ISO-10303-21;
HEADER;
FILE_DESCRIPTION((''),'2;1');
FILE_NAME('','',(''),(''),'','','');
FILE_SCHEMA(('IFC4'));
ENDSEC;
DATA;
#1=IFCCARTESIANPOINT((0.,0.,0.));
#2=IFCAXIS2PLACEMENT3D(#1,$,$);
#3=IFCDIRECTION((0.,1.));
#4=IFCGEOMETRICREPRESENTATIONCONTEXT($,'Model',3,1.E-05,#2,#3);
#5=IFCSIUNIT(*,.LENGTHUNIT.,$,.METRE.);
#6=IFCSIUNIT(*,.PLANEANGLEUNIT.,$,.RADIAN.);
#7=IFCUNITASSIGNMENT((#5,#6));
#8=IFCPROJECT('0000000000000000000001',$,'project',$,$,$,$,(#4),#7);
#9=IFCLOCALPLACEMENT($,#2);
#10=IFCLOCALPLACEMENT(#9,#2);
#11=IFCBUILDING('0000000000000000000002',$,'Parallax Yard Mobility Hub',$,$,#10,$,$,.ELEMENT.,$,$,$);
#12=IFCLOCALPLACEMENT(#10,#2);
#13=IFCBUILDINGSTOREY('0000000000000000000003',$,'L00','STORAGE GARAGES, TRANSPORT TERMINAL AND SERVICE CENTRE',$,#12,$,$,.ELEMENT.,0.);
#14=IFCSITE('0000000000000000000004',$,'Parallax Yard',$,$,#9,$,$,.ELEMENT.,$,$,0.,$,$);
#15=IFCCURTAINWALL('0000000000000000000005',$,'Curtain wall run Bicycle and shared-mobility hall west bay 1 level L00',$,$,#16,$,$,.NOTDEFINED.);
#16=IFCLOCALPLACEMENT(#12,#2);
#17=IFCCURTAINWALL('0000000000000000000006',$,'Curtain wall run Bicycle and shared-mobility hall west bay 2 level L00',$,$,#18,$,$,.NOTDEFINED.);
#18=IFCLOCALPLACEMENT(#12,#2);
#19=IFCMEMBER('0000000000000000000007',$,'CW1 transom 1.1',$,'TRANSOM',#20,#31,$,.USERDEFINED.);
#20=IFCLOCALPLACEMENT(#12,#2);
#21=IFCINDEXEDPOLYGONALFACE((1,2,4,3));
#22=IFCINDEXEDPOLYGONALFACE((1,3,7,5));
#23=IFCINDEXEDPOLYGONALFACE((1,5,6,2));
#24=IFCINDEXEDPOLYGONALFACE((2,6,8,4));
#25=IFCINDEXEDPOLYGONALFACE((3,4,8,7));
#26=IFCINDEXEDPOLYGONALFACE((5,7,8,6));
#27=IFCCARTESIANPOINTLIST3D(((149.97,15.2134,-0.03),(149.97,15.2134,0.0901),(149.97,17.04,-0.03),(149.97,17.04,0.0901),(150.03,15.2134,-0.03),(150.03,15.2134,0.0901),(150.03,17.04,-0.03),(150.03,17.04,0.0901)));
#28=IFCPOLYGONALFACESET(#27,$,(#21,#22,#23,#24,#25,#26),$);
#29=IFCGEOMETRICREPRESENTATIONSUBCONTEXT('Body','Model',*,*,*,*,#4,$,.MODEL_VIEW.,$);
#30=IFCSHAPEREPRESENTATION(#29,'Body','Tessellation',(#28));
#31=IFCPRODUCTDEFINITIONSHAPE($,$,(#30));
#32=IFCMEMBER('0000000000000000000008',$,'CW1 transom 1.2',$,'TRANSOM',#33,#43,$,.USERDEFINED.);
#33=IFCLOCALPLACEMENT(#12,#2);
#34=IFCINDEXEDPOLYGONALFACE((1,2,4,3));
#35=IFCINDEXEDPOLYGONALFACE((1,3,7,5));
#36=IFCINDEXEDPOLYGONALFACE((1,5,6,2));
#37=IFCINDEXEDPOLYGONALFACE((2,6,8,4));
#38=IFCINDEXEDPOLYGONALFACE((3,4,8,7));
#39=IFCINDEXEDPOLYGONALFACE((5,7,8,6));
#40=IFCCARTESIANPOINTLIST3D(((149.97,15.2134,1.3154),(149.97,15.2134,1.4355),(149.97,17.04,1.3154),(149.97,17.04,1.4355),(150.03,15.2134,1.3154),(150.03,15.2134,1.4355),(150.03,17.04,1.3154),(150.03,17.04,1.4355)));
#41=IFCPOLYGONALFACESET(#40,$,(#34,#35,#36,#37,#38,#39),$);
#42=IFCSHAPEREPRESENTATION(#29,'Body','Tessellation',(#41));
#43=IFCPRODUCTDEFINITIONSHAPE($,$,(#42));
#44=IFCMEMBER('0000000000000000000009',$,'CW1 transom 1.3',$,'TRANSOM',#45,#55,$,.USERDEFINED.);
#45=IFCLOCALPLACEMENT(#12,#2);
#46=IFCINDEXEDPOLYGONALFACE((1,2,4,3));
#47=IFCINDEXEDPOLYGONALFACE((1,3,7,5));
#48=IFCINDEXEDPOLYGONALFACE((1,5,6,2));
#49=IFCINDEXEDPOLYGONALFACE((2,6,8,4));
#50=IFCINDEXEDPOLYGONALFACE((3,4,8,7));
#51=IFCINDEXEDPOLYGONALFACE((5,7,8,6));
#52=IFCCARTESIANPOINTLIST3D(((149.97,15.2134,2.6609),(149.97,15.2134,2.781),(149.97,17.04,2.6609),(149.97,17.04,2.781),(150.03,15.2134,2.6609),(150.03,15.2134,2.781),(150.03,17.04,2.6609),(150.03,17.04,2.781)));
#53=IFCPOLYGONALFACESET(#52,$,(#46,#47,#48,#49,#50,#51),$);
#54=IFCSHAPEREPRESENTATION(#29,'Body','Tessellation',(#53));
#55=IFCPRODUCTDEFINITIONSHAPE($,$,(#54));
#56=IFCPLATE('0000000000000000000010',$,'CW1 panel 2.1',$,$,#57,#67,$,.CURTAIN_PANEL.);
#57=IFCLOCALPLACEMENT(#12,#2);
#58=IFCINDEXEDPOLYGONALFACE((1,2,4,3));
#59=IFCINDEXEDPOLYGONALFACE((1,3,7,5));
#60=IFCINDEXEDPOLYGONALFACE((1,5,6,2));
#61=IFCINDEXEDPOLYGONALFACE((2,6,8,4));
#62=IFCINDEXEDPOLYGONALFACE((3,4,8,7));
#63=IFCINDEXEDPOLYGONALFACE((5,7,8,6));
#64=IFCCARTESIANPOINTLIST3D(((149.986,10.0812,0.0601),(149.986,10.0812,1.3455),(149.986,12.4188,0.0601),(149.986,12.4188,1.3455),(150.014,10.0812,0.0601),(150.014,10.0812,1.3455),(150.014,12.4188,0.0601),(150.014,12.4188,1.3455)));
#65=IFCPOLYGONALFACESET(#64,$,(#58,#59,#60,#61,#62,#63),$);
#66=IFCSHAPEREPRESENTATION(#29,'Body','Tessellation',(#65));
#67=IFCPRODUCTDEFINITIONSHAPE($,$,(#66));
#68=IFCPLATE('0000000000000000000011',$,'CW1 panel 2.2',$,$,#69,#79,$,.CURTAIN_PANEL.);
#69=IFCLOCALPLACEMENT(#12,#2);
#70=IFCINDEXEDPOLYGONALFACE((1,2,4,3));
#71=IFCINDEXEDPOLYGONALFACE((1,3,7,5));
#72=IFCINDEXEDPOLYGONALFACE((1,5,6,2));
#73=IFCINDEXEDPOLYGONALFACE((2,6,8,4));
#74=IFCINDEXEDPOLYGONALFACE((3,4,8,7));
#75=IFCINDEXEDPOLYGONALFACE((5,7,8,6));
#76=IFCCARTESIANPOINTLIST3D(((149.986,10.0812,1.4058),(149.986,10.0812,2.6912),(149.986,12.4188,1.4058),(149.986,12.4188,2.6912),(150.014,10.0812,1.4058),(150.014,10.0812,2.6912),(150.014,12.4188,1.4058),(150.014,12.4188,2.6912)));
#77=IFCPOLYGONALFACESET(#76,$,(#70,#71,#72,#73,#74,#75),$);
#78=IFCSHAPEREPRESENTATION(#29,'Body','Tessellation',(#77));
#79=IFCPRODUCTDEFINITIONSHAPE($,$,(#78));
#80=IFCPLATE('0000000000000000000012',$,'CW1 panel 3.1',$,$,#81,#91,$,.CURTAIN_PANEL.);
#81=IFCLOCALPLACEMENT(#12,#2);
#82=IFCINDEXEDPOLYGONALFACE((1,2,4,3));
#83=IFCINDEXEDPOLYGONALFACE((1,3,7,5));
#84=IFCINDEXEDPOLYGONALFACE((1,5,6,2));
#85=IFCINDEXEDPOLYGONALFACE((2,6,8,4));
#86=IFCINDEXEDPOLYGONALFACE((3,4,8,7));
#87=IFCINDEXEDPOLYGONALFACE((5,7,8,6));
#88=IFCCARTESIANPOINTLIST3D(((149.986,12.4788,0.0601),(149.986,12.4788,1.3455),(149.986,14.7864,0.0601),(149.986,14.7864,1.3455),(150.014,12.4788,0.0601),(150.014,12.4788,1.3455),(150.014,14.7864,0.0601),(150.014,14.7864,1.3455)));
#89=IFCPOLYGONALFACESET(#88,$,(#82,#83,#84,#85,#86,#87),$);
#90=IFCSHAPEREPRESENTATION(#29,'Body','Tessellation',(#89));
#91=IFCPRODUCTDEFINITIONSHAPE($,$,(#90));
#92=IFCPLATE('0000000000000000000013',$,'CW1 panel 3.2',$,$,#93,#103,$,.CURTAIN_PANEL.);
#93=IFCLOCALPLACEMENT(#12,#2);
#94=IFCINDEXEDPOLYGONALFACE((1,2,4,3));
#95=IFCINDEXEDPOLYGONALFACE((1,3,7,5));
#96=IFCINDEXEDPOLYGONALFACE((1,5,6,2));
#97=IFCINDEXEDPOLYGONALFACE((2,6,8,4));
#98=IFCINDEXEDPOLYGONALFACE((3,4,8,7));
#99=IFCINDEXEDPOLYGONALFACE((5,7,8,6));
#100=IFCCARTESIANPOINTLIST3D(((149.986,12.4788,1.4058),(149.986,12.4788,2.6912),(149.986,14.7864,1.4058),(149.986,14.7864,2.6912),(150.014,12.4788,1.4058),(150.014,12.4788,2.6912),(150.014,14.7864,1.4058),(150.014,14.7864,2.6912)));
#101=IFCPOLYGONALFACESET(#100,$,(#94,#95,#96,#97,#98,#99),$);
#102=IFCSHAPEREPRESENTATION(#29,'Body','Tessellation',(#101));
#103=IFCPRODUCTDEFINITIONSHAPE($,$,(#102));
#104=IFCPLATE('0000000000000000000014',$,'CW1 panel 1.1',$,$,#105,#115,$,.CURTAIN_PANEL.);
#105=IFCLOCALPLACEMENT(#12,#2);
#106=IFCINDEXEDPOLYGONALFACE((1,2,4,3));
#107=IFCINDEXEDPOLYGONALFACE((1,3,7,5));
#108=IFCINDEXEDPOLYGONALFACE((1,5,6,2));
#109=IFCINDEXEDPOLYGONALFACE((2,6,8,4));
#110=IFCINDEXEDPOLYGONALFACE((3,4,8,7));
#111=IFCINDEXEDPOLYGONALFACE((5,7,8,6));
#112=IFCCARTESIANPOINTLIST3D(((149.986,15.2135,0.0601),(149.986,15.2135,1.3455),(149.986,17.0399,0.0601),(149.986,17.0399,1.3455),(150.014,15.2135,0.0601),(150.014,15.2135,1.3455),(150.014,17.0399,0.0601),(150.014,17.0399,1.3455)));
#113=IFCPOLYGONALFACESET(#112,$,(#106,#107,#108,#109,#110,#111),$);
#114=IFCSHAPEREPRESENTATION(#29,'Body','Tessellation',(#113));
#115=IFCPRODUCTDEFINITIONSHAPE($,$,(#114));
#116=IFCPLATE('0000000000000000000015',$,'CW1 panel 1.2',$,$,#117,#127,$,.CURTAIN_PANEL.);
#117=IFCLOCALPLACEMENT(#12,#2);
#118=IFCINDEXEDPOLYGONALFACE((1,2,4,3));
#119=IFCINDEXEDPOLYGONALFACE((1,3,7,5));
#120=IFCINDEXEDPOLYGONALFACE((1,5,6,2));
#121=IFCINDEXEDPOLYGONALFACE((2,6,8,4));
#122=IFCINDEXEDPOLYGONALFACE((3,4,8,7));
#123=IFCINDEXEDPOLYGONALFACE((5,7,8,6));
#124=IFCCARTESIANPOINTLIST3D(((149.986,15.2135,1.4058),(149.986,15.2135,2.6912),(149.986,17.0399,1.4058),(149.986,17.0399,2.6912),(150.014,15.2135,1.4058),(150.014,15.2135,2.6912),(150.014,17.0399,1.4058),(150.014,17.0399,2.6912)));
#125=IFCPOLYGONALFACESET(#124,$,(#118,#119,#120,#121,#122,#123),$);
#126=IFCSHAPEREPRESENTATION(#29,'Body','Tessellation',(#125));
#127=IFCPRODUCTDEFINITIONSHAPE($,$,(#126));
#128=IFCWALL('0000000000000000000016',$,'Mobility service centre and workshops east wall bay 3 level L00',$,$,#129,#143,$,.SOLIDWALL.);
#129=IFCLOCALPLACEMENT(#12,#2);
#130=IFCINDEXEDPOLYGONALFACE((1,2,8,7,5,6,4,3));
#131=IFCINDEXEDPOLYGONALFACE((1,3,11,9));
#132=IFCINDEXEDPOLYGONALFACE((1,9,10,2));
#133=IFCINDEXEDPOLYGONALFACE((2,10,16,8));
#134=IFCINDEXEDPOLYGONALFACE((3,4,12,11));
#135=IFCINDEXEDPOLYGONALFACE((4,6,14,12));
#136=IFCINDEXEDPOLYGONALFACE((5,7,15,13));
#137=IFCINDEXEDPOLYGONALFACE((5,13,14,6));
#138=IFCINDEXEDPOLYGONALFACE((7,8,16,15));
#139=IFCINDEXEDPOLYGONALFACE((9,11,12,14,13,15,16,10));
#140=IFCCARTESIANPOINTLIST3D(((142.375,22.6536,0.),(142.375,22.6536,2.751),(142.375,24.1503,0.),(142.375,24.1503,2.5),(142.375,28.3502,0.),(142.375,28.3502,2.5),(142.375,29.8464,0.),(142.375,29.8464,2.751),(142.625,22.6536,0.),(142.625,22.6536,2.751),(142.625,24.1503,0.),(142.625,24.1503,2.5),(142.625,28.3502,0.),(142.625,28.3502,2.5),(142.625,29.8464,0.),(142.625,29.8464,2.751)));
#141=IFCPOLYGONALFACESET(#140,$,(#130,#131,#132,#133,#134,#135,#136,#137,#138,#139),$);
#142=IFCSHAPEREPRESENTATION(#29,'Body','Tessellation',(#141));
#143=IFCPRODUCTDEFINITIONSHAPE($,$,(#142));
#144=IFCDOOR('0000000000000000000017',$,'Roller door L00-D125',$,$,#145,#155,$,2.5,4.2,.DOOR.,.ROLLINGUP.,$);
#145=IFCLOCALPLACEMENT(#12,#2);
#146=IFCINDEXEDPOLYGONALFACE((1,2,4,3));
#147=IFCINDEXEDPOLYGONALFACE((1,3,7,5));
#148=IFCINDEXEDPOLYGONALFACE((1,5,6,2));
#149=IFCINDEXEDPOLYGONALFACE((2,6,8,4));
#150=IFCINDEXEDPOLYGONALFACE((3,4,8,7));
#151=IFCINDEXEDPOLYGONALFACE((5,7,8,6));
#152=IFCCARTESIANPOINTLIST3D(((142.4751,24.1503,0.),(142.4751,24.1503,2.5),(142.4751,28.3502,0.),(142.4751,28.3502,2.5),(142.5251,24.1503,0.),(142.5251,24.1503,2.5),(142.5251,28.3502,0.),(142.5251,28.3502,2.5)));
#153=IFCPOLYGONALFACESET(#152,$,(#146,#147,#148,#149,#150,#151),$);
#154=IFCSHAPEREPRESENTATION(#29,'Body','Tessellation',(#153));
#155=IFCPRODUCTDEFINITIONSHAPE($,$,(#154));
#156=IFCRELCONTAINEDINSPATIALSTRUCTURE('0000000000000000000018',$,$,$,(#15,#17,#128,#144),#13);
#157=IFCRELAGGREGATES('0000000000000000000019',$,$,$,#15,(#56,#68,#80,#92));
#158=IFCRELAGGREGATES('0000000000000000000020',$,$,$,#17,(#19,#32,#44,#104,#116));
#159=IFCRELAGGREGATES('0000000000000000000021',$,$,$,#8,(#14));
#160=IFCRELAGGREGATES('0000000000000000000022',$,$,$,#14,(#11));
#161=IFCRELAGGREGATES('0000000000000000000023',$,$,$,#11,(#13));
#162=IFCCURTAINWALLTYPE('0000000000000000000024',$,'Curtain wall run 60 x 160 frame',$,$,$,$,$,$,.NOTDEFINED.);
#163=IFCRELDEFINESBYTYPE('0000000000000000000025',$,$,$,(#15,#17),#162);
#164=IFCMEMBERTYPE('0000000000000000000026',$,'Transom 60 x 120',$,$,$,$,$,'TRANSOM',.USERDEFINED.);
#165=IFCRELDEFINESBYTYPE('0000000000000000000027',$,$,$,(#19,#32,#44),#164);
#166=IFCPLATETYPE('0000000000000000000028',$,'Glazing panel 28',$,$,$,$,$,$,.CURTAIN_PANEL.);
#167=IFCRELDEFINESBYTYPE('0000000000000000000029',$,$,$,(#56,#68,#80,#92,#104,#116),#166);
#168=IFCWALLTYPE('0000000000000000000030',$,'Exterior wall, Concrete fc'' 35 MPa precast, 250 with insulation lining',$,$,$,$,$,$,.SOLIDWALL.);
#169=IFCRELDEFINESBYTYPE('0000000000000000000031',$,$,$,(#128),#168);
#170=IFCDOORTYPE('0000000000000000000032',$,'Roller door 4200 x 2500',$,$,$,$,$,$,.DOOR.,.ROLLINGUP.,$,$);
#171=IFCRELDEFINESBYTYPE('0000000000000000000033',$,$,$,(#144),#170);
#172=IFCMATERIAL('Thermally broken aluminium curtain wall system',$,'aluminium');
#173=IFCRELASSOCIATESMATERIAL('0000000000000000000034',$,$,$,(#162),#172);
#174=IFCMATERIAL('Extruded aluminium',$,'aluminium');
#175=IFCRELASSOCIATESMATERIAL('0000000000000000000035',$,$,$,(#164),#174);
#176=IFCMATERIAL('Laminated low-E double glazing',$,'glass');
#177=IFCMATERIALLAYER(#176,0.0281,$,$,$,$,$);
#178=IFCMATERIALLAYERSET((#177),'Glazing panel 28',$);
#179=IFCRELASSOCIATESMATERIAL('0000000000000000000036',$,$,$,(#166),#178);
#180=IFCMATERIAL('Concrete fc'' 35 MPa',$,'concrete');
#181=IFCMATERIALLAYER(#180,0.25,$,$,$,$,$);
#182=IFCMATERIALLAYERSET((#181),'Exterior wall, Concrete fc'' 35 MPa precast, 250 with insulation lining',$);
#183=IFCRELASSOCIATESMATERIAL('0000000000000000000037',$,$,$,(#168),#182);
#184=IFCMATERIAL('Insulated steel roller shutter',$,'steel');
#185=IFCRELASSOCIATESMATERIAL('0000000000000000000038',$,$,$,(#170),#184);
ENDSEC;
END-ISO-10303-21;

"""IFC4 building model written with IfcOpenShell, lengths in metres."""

from ifc_helpers import new_model, si_unit, direction, frame, frame_2d, origin, origin_2d, place, context, subcontext, project, spatial, rectangle, extrude, material, layer, layer_set, material_profile, profile_set, type_object, element, fill, aggregate, save


model = new_model("IFC4")

# Units and contexts
model_context = context("Model", 3, precision=1e-05, world=origin(), true_north=direction((0.0, 1.0)))
body_context = subcontext(model_context, "Body", "Model", "MODEL_VIEW")
ifc_project = project(units=[si_unit("LENGTHUNIT", "METRE"), si_unit("PLANEANGLEUNIT", "RADIAN")], contexts=[model_context])

# Site, building, storey
site_placement = place(None, origin())
site = spatial("IfcSite", under=ifc_project, at=site_placement, Name="Parallax Yard", CompositionType="ELEMENT", RefElevation=0.0)
building_placement = place(site_placement, origin())
building = spatial("IfcBuilding", under=site, at=building_placement, Name="Parallax Yard Mobility Hub", CompositionType="ELEMENT")
storey_placement = place(building_placement, origin())
storey = spatial("IfcBuildingStorey", under=building, at=storey_placement, Name="L00", Description="STORAGE GARAGES, TRANSPORT TERMINAL AND SERVICE CENTRE", CompositionType="ELEMENT", Elevation=0.0)

# Curtain wall
ifc_material_1 = material(Name="Thermally broken aluminium curtain wall system", Category="aluminium")
curtain_wall_type = type_object("IfcCurtainWallType", Name="Curtain wall run 60 x 160 frame", PredefinedType="NOTDEFINED", material=ifc_material_1)
curtain_wall_1_placement = place(storey_placement, origin())
curtain_wall_1 = element("IfcCurtainWall", 1, at=curtain_wall_1_placement, inside=storey, type_object=curtain_wall_type, Name="Curtain wall run Bicycle and shared-mobility hall west bay 1 level L00", PredefinedType="NOTDEFINED")
ifc_material_2 = material(Name="Extruded aluminium", Category="aluminium")

# Curtain wall
curtain_wall_2_placement = place(storey_placement, origin())
curtain_wall_2 = element("IfcCurtainWall", 2, at=curtain_wall_2_placement, inside=storey, type_object=curtain_wall_type, Name="Curtain wall run Bicycle and shared-mobility hall west bay 2 level L00", PredefinedType="NOTDEFINED")

# Members
ifc_material_profile_1 = material_profile(ifc_material_2, rectangle(XDim=0.0601, YDim=0.1201, at=origin_2d()), Name="Transom 60 x 120")
ifc_profile_set_1 = profile_set([ifc_material_profile_1], Name="Extruded aluminium")
member_type_1 = type_object("IfcMemberType", Name="Transom 60 x 120", ElementType="TRANSOM", PredefinedType="USERDEFINED", material=ifc_profile_set_1)
member_1_placement = place(storey_placement, frame((150.0, 15.2134, 0.03), z_axis=(0.0, 1.0, 0.0), x_axis=(-1.0, 0.0, 0.0)))
member_1 = element("IfcMember", 3, at=member_1_placement, type_object=member_type_1, Name="CW1 transom 1.1", ObjectType="TRANSOM", PredefinedType="USERDEFINED", context=body_context, shape_type="SweptSolid", body=[
    extrude(rectangle(XDim=0.0601, YDim=0.1201, at=origin_2d()), origin(), (0.0, 0.0, 1.0), 1.8267),
])
member_2_placement = place(storey_placement, frame((150.0, 15.2134, 1.3755), z_axis=(0.0, 1.0, 0.0), x_axis=(-1.0, 0.0, 0.0)))
member_2 = element("IfcMember", 4, at=member_2_placement, type_object=member_type_1, Name="CW1 transom 1.2", ObjectType="TRANSOM", PredefinedType="USERDEFINED", context=body_context, shape_type="SweptSolid", body=[
    extrude(rectangle(XDim=0.0601, YDim=0.1201, at=origin_2d()), origin(), (0.0, 0.0, 1.0), 1.8267),
])
member_3_placement = place(storey_placement, frame((150.0, 15.2134, 2.7209), z_axis=(0.0, 1.0, 0.0), x_axis=(-1.0, 0.0, 0.0)))
member_3 = element("IfcMember", 5, at=member_3_placement, type_object=member_type_1, Name="CW1 transom 1.3", ObjectType="TRANSOM", PredefinedType="USERDEFINED", context=body_context, shape_type="SweptSolid", body=[
    extrude(rectangle(XDim=0.0601, YDim=0.1201, at=origin_2d()), origin(), (0.0, 0.0, 1.0), 1.8267),
])

# Plates
ifc_material_3 = material(Name="Laminated low-E double glazing", Category="glass")
ifc_layer_1 = layer(ifc_material_3, 0.0281)
ifc_layer_set_1 = layer_set([ifc_layer_1], Name="Glazing panel 28")
plate_type = type_object("IfcPlateType", Name="Glazing panel 28", PredefinedType="CURTAIN_PANEL", material=ifc_layer_set_1)
plate_1_placement = place(storey_placement, frame((150.0, 11.25, 0.0601), z_axis=(0.0, 0.0, 1.0), x_axis=(0.0, 1.0, 0.0)))
plate_1 = element("IfcPlate", 6, at=plate_1_placement, type_object=plate_type, Name="CW1 panel 2.1", PredefinedType="CURTAIN_PANEL", context=body_context, shape_type="SweptSolid", body=[
    extrude(rectangle(XDim=2.3376, YDim=0.0281, at=origin_2d()), origin(), (0.0, 0.0, 1.0), 1.2854),
])
plate_2_placement = place(storey_placement, frame((150.0, 11.25, 1.4058), z_axis=(0.0, 0.0, 1.0), x_axis=(0.0, 1.0, 0.0)))
plate_2 = element("IfcPlate", 7, at=plate_2_placement, type_object=plate_type, Name="CW1 panel 2.2", PredefinedType="CURTAIN_PANEL", context=body_context, shape_type="SweptSolid", body=[
    extrude(rectangle(XDim=2.3376, YDim=0.0281, at=origin_2d()), origin(), (0.0, 0.0, 1.0), 1.2854),
])
plate_3_placement = place(storey_placement, frame((150.0, 13.6326, 0.0601), z_axis=(0.0, 0.0, 1.0), x_axis=(0.0, 1.0, 0.0)))
plate_3 = element("IfcPlate", 8, at=plate_3_placement, type_object=plate_type, Name="CW1 panel 3.1", PredefinedType="CURTAIN_PANEL", context=body_context, shape_type="SweptSolid", body=[
    extrude(rectangle(XDim=2.3076, YDim=0.0281, at=origin_2d()), origin(), (0.0, 0.0, 1.0), 1.2854),
])
plate_4_placement = place(storey_placement, frame((150.0, 13.6326, 1.4058), z_axis=(0.0, 0.0, 1.0), x_axis=(0.0, 1.0, 0.0)))
plate_4 = element("IfcPlate", 9, at=plate_4_placement, type_object=plate_type, Name="CW1 panel 3.2", PredefinedType="CURTAIN_PANEL", context=body_context, shape_type="SweptSolid", body=[
    extrude(rectangle(XDim=2.3076, YDim=0.0281, at=origin_2d()), origin(), (0.0, 0.0, 1.0), 1.2854),
])
aggregate(curtain_wall_1, [plate_1, plate_2, plate_3, plate_4])
plate_5_placement = place(storey_placement, frame((150.0, 16.1267, 0.0601), z_axis=(0.0, 0.0, 1.0), x_axis=(0.0, 1.0, 0.0)))
plate_5 = element("IfcPlate", 10, at=plate_5_placement, type_object=plate_type, Name="CW1 panel 1.1", PredefinedType="CURTAIN_PANEL", context=body_context, shape_type="SweptSolid", body=[
    extrude(rectangle(XDim=1.8264, YDim=0.0281, at=origin_2d()), origin(), (0.0, 0.0, 1.0), 1.2854),
])
plate_6_placement = place(storey_placement, frame((150.0, 16.1267, 1.4058), z_axis=(0.0, 0.0, 1.0), x_axis=(0.0, 1.0, 0.0)))
plate_6 = element("IfcPlate", 11, at=plate_6_placement, type_object=plate_type, Name="CW1 panel 1.2", PredefinedType="CURTAIN_PANEL", context=body_context, shape_type="SweptSolid", body=[
    extrude(rectangle(XDim=1.8264, YDim=0.0281, at=origin_2d()), origin(), (0.0, 0.0, 1.0), 1.2854),
])
aggregate(curtain_wall_2, [member_1, member_2, member_3, plate_5, plate_6])

# Wall, opening, door
ifc_material_4 = material(Name="Concrete fc' 35 MPa", Category="concrete")
ifc_layer_2 = layer(ifc_material_4, 0.25)
ifc_layer_set_2 = layer_set([ifc_layer_2], Name="Exterior wall, Concrete fc' 35 MPa precast, 250 with insulation lining")
wall_type = type_object("IfcWallType", Name="Exterior wall, Concrete fc' 35 MPa precast, 250 with insulation lining", PredefinedType="SOLIDWALL", material=ifc_layer_set_2)
wall_placement = place(storey_placement, frame((142.5, 22.6536, 0.0), z_axis=(0.0, 0.0, 1.0), x_axis=(0.0, 1.0, 0.0)))
wall = element("IfcWall", 12, at=wall_placement, inside=storey, type_object=wall_type, Name="Mobility service centre and workshops east wall bay 3 level L00", PredefinedType="SOLIDWALL", context=body_context, shape_type="SweptSolid", body=[
    extrude(rectangle(XDim=7.1929, YDim=0.25, at=frame_2d((3.5964, 0.0))), origin(), (0.0, 0.0, 1.0), 2.751),
])
opening_placement = place(wall_placement, frame((1.4966, 0.0, 0.0)))
opening = element("IfcOpeningElement", 13, at=opening_placement, cuts=wall, PredefinedType="OPENING", context=body_context, shape_type="SweptSolid", body=[
    extrude(rectangle(XDim=4.2, YDim=2.5, at=frame_2d((2.1001, 1.25))), frame((0.0, 0.135, 0.0), z_axis=(0.0, -1.0, 0.0), x_axis=(1.0, 0.0, 0.0)), (0.0, 0.0, 1.0), 0.27),
])
ifc_material_5 = material(Name="Insulated steel roller shutter", Category="steel")
door_type = type_object("IfcDoorType", Name="Roller door 4200 x 2500", OperationType="ROLLINGUP", PredefinedType="DOOR", material=ifc_material_5)
door_placement = place(opening_placement, origin())
door = element("IfcDoor", 14, at=door_placement, inside=storey, type_object=door_type, Name="Roller door L00-D125", OperationType="ROLLINGUP", OverallHeight=2.5, OverallWidth=4.2, PredefinedType="DOOR", context=body_context, shape_type="SweptSolid", body=[
    extrude(rectangle(XDim=4.2, YDim=2.5, at=frame_2d((2.1001, 1.25))), frame((0.0, 0.0249, 0.0), z_axis=(0.0, -1.0, 0.0), x_axis=(1.0, 0.0, 0.0)), (0.0, 0.0, 1.0), 0.05),
])
fill(opening, door)

save(model, "model.ifc")
